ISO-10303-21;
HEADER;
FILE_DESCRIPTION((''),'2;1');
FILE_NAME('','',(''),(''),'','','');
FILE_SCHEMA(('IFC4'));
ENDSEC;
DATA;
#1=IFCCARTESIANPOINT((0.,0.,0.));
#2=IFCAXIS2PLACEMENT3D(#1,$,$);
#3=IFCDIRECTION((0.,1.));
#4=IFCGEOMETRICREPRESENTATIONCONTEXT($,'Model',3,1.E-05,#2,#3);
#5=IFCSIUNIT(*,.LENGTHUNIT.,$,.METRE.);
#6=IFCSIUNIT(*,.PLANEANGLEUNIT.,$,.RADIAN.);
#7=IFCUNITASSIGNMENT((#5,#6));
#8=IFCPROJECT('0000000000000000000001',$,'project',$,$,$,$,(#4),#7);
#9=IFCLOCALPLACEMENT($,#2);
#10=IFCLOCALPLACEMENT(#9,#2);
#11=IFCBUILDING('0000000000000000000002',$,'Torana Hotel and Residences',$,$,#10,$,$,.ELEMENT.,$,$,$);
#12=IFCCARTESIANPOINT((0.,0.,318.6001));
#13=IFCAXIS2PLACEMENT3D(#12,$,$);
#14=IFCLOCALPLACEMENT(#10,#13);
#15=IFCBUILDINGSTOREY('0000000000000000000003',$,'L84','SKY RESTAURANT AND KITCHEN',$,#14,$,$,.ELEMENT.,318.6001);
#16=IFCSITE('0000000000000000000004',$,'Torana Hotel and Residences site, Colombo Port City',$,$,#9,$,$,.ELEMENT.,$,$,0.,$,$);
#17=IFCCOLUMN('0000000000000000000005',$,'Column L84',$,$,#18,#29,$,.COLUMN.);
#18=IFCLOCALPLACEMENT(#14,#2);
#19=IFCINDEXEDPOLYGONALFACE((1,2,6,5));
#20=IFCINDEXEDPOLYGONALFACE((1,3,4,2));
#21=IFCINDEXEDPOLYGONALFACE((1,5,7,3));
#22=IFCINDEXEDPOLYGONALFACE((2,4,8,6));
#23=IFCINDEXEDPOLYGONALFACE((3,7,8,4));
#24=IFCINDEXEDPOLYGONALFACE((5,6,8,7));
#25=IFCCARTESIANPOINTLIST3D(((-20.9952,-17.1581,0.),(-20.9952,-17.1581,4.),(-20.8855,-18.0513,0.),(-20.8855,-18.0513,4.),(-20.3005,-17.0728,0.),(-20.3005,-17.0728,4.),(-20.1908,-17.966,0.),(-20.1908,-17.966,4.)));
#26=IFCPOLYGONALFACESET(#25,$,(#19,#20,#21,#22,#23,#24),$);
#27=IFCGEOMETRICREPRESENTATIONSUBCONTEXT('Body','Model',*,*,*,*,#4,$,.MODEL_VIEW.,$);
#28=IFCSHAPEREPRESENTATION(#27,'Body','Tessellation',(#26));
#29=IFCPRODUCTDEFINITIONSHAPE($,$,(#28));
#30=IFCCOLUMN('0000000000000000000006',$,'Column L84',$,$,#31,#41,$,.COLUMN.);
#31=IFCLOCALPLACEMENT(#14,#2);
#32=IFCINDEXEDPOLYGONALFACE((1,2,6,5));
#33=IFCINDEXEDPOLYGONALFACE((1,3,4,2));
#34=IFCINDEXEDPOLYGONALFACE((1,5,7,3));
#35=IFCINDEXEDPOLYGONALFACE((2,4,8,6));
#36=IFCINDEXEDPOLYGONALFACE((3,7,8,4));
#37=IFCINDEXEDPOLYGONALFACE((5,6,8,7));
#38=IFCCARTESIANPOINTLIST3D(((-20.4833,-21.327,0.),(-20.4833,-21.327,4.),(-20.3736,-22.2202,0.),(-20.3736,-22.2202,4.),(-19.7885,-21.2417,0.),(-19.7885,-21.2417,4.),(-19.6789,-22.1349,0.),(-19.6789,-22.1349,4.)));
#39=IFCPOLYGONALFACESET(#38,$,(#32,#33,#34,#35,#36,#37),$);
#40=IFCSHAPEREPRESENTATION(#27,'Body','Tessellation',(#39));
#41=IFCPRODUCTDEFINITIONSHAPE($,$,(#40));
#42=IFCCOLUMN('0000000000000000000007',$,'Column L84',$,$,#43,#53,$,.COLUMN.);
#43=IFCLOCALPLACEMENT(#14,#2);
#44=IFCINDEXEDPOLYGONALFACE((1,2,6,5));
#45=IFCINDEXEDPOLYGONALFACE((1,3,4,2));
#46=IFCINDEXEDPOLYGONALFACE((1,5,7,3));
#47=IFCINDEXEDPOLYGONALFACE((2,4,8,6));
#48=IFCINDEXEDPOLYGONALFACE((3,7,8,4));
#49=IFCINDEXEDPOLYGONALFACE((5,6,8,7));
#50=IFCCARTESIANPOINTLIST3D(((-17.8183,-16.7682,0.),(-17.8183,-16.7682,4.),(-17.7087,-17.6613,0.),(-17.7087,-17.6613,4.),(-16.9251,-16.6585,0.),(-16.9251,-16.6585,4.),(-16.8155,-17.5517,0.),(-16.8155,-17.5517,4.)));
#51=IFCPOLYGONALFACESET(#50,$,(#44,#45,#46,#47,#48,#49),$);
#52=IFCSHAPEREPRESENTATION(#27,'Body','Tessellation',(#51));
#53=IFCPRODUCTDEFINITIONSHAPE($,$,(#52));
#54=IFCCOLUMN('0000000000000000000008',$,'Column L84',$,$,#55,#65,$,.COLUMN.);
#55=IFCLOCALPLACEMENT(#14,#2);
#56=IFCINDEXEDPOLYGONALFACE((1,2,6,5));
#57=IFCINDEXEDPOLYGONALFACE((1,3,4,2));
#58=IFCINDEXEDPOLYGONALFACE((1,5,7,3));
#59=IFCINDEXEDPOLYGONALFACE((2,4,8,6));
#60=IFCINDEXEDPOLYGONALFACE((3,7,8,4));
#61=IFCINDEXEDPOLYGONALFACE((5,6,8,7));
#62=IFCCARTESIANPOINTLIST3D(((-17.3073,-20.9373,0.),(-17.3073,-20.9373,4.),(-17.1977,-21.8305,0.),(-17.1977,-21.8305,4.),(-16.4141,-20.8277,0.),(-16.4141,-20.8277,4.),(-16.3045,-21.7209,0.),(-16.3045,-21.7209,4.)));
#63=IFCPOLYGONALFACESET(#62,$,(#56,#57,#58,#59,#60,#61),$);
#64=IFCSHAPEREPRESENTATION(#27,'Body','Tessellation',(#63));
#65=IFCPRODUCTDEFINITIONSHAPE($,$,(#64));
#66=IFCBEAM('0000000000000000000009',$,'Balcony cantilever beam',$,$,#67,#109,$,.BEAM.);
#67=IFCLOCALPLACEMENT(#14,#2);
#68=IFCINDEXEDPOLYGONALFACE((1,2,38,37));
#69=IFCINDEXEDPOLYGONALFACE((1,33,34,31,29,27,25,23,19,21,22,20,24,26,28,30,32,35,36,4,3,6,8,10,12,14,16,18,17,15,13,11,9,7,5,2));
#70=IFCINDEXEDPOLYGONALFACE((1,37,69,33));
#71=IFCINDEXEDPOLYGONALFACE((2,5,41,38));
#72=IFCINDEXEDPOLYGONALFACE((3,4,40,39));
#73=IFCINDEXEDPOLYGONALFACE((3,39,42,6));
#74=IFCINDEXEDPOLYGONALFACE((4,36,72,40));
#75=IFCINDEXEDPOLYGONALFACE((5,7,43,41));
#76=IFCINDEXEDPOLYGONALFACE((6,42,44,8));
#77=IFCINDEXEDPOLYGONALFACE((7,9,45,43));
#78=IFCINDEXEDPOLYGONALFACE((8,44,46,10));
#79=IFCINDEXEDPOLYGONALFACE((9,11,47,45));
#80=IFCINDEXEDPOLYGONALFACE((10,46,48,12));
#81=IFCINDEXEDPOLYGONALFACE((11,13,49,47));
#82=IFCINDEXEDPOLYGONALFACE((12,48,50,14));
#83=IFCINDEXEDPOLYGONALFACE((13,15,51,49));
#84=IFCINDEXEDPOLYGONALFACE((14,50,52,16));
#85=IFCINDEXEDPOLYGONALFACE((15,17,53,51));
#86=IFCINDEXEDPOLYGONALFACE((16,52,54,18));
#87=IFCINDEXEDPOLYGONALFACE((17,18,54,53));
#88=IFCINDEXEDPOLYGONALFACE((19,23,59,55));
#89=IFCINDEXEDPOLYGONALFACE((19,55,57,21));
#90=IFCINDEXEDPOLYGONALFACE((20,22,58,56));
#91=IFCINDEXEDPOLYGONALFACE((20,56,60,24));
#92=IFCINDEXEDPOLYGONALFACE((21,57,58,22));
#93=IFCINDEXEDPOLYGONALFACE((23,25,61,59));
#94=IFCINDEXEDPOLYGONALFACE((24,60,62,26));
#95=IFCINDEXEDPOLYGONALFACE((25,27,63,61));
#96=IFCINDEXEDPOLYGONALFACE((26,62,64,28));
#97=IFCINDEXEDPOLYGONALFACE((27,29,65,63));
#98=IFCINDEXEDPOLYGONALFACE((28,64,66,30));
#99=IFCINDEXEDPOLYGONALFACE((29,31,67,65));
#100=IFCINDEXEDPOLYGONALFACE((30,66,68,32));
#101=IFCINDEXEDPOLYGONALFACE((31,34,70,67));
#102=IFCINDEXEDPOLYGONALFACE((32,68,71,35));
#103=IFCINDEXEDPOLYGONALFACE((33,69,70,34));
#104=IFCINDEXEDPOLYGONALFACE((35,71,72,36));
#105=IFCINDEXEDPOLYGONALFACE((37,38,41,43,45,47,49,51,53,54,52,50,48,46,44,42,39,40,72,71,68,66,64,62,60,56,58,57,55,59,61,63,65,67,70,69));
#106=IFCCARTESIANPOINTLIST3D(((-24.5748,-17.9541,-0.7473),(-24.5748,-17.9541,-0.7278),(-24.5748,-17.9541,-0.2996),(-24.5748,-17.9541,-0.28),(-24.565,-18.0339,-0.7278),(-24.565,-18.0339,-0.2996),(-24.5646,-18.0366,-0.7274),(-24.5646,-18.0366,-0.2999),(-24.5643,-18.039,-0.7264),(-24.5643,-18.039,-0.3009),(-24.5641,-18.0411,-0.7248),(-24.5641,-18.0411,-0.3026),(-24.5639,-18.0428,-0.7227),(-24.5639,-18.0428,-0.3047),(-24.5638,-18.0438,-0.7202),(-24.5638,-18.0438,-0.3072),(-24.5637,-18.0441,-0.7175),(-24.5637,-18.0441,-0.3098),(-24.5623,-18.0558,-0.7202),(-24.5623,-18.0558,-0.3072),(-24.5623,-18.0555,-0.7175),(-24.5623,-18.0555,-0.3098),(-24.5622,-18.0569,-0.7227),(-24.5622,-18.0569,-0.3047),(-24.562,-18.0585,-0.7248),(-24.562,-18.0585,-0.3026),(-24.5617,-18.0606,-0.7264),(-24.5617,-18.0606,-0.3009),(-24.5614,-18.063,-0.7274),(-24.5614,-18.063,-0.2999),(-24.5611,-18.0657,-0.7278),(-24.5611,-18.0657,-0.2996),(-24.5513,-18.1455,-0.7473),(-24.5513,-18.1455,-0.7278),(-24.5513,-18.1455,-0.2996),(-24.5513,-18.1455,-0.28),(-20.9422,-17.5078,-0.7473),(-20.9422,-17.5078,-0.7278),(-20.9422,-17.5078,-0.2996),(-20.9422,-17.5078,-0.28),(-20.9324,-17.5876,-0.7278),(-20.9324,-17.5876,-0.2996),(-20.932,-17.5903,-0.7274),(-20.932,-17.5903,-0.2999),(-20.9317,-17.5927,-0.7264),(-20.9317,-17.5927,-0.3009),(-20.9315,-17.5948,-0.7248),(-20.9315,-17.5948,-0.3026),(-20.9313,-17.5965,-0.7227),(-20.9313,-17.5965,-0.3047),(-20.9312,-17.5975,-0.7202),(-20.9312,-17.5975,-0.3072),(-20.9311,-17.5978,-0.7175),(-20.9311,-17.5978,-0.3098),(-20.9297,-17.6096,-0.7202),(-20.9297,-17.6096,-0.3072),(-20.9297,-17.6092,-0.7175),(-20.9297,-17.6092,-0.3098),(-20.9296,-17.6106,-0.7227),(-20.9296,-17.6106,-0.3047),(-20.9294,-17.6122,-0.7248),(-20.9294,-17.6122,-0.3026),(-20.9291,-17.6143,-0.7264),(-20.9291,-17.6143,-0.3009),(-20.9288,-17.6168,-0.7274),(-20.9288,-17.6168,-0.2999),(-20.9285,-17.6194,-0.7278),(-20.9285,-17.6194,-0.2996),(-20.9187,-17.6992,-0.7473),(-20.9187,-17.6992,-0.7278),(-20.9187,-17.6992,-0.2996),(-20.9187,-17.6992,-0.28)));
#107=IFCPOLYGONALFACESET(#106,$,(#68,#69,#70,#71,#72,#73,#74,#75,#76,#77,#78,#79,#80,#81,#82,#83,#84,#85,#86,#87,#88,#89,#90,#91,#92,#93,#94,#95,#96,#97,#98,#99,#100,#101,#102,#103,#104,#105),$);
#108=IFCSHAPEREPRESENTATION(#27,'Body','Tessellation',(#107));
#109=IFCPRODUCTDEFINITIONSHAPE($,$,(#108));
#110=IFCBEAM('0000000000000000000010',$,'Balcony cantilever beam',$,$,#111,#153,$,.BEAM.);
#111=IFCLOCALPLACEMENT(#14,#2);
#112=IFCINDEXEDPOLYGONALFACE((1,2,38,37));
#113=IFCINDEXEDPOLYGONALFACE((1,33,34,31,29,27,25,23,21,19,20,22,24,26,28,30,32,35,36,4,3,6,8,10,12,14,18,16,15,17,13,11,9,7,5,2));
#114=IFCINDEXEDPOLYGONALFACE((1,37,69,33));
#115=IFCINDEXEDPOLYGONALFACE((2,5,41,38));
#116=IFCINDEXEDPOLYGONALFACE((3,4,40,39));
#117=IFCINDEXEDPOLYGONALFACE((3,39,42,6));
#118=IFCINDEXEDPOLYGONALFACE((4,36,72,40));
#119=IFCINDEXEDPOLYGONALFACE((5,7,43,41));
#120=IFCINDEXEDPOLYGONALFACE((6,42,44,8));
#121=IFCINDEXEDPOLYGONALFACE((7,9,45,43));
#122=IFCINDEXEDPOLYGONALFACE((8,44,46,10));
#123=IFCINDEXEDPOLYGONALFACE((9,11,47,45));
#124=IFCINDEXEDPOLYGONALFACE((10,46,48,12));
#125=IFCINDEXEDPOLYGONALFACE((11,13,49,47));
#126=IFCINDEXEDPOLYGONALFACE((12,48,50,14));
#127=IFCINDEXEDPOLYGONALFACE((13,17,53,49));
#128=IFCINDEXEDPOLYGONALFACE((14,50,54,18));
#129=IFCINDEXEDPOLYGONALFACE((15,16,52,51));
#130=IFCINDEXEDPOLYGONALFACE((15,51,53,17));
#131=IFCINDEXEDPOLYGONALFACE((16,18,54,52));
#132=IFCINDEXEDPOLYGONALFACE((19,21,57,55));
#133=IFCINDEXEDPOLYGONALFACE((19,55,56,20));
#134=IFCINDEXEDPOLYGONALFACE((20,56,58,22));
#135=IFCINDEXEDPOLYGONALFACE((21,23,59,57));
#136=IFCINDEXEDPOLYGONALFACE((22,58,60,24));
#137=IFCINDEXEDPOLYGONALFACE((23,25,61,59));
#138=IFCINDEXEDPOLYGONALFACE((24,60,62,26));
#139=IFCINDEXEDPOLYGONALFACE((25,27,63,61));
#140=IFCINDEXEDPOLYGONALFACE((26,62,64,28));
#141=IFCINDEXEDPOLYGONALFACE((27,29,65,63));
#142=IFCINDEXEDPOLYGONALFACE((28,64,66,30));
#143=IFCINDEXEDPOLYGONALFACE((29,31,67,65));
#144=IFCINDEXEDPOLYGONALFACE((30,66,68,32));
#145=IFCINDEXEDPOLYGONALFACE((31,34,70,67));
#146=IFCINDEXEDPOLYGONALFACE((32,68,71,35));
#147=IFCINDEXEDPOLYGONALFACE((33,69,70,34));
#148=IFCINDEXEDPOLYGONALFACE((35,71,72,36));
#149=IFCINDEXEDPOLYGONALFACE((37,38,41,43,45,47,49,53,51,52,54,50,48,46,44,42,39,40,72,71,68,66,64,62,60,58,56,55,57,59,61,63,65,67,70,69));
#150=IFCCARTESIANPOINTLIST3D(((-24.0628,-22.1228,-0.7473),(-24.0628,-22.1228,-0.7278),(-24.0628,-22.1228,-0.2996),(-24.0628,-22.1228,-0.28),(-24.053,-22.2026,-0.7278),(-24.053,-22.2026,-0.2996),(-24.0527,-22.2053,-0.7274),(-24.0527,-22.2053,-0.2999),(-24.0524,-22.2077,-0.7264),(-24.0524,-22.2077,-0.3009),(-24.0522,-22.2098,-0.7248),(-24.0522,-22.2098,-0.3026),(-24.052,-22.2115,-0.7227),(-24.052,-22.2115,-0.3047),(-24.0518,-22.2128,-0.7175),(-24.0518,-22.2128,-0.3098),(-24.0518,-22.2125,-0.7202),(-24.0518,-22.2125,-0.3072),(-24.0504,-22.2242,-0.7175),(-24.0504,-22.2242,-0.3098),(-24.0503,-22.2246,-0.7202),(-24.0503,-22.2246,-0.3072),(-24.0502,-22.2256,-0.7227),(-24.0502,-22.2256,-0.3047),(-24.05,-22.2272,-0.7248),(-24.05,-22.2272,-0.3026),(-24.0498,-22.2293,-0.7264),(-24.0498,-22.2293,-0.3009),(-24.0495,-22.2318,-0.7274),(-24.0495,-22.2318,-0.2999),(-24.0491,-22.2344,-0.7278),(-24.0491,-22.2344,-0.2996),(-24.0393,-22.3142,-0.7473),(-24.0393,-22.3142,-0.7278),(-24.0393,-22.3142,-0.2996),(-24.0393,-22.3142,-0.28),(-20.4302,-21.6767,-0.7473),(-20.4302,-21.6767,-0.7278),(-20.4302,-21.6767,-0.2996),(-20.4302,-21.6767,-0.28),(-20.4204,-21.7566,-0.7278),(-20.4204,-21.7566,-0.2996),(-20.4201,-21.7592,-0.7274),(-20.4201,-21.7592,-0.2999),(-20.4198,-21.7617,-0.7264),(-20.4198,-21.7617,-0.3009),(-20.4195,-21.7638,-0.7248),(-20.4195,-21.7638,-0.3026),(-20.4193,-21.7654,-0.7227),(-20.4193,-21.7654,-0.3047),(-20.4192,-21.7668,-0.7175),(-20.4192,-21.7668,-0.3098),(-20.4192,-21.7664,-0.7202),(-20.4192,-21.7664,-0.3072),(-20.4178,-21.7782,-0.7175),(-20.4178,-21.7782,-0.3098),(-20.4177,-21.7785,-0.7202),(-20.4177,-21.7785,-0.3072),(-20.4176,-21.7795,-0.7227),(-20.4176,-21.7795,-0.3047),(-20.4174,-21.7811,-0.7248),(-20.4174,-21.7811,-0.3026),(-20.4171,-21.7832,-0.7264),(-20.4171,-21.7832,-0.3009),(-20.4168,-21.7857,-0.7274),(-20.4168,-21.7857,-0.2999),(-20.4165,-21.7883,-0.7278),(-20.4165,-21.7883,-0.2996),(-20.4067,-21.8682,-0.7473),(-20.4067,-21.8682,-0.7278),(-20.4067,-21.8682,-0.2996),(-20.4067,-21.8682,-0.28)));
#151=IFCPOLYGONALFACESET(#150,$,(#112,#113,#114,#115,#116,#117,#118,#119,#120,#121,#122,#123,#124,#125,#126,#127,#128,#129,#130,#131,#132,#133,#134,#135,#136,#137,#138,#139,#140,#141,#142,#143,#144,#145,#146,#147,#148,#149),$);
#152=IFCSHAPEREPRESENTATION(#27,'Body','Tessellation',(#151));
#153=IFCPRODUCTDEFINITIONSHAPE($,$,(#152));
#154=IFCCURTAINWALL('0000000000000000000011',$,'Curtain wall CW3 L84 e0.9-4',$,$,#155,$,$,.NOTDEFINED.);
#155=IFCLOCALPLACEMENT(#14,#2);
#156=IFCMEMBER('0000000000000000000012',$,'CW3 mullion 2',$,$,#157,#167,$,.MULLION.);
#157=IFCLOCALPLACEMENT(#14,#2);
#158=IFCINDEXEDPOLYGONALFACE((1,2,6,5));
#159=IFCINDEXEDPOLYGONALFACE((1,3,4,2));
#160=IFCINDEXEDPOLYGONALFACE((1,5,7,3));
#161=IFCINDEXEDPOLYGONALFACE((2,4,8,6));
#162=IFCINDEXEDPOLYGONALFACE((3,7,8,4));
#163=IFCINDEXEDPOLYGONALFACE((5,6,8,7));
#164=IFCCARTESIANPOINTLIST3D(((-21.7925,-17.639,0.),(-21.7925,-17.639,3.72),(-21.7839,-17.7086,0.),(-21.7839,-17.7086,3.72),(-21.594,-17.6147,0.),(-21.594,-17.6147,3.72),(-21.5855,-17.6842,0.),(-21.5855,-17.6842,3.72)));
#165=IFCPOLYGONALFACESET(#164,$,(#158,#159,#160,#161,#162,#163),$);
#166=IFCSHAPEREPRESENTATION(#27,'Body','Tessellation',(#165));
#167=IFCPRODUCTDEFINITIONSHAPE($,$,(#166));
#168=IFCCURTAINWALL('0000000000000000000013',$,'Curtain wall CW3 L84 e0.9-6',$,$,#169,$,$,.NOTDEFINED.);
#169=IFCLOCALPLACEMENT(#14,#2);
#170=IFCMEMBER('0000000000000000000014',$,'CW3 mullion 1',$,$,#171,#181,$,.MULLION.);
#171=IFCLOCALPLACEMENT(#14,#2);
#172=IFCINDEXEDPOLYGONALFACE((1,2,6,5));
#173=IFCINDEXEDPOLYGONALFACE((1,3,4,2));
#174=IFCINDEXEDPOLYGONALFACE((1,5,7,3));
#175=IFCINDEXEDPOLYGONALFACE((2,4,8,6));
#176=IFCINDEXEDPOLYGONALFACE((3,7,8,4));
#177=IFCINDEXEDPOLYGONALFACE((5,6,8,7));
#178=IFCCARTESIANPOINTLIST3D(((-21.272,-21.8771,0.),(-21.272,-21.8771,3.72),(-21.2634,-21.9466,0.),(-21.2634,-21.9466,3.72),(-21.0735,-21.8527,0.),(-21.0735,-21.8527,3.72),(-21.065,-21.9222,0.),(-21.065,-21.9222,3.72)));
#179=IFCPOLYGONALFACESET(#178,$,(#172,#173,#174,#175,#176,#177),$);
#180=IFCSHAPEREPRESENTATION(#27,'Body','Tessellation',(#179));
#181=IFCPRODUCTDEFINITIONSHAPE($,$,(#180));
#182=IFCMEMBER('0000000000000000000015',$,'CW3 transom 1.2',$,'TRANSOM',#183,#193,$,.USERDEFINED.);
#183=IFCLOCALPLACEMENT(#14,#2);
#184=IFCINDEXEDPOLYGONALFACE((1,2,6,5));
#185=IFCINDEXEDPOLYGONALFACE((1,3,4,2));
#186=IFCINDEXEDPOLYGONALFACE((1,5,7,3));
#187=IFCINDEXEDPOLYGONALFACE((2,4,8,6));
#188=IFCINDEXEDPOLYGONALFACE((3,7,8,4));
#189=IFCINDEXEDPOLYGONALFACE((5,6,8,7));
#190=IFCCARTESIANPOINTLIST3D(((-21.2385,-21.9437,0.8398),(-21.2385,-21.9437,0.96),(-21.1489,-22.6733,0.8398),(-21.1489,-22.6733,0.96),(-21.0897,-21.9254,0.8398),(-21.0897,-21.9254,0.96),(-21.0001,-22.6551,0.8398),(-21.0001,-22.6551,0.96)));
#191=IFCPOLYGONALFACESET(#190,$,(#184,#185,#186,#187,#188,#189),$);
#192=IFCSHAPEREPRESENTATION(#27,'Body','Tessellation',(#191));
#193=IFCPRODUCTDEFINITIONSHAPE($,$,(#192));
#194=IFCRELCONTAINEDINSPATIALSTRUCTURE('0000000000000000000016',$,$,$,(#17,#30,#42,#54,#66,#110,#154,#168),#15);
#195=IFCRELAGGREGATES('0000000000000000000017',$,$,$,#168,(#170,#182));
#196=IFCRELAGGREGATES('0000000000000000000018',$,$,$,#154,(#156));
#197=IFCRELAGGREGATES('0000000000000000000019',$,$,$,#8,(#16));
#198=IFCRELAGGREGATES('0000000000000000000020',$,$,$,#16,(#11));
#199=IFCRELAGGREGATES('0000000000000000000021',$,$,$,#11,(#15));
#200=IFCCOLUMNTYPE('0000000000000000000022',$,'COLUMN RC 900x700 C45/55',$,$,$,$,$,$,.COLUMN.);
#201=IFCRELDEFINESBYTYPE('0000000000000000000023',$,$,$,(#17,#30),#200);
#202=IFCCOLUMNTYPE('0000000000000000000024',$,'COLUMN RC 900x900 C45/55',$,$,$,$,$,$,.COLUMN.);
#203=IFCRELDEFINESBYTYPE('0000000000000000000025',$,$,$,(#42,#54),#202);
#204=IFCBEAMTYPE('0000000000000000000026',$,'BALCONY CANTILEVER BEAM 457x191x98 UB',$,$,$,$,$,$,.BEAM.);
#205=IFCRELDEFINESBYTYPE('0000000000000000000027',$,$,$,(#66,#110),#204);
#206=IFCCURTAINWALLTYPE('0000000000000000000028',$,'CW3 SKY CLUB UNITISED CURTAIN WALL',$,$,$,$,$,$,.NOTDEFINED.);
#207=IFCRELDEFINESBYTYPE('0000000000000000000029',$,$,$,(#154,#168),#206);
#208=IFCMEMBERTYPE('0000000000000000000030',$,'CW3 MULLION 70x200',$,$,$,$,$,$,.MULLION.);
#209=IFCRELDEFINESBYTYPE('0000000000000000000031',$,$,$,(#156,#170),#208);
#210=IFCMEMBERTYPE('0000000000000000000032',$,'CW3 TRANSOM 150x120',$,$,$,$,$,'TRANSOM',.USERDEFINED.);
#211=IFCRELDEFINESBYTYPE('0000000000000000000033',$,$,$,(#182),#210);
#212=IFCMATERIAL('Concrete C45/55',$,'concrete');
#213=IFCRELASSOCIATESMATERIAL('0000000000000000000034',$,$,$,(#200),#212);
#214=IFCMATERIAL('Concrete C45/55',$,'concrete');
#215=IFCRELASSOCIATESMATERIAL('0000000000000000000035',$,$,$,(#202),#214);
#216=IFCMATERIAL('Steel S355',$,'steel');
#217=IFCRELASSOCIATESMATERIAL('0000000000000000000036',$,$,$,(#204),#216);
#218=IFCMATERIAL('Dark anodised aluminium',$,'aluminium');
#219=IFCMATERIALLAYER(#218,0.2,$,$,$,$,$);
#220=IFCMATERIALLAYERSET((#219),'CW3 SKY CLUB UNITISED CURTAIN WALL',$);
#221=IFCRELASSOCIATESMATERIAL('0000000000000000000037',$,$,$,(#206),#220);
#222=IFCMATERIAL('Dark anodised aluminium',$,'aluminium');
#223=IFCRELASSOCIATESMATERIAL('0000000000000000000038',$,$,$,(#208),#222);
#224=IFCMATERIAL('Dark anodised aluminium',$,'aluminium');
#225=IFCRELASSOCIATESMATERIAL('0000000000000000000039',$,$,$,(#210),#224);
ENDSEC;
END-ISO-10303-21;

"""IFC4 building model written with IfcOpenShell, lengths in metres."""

from ifc_helpers import new_model, si_unit, direction, frame, origin, origin_2d, place, context, subcontext, project, spatial, rectangle, i_section, extrude, material, layer, layer_set, material_profile, profile_set, type_object, element, aggregate, save


model = new_model("IFC4")

# Units and contexts
model_context = context("Model", 3, precision=1e-05, world=origin(), true_north=direction((0.0, 1.0)))
body_context = subcontext(model_context, "Body", "Model", "MODEL_VIEW")
ifc_project = project(units=[si_unit("LENGTHUNIT", "METRE"), si_unit("PLANEANGLEUNIT", "RADIAN")], contexts=[model_context])

# Site, building, storey
site_placement = place(None, origin())
site = spatial("IfcSite", under=ifc_project, at=site_placement, Name="Torana Hotel and Residences site, Colombo Port City", CompositionType="ELEMENT", RefElevation=0.0)
building_placement = place(site_placement, origin())
building = spatial("IfcBuilding", under=site, at=building_placement, Name="Torana Hotel and Residences", CompositionType="ELEMENT")
storey_placement = place(building_placement, frame((0.0, 0.0, 318.6001)))
storey = spatial("IfcBuildingStorey", under=building, at=storey_placement, Name="L84", Description="SKY RESTAURANT AND KITCHEN", CompositionType="ELEMENT", Elevation=318.6001)

# Columns
ifc_material_1 = material(Name="Concrete C45/55", Category="concrete")
ifc_material_profile_1 = material_profile(ifc_material_1, rectangle(XDim=0.8999, YDim=0.7, at=origin_2d()), Name="RC 900x700")
ifc_profile_set_1 = profile_set([ifc_material_profile_1], Name="Concrete C45/55")
column_type_1 = type_object("IfcColumnType", Name="COLUMN RC 900x700 C45/55", PredefinedType="COLUMN", material=ifc_profile_set_1)
for number, where, z_axis, x_axis, name in (
    (1, (-20.593, -17.562, 0.0), (0.0, 0.0, 1.0), (-0.121869, 0.992546, 0.0), "Column L84"),
    (2, (-20.0811, -21.731, 0.0), (0.0, 0.0, 1.0), (-0.121869, 0.992546, 0.0), "Column L84"),
):
    element("IfcColumn", number, at=place(storey_placement, frame(where, z_axis=z_axis, x_axis=x_axis)), inside=storey, type_object=column_type_1, Name=name, PredefinedType="COLUMN", context=body_context, shape_type="SweptSolid", body=[
        extrude(rectangle(XDim=0.8999, YDim=0.7, at=origin_2d()), origin(), (0.0, 0.0, 1.0), 4.0),
    ])
ifc_material_2 = material(Name="Concrete C45/55", Category="concrete")
ifc_material_profile_2 = material_profile(ifc_material_2, rectangle(XDim=0.8999, YDim=0.8999, at=origin_2d()), Name="RC 900x900")
ifc_profile_set_2 = profile_set([ifc_material_profile_2], Name="Concrete C45/55")
column_type_2 = type_object("IfcColumnType", Name="COLUMN RC 900x900 C45/55", PredefinedType="COLUMN", material=ifc_profile_set_2)
for number, where, z_axis, x_axis, name in (
    (3, (-17.3169, -17.1599, 0.0), (0.0, 0.0, 1.0), (0.992546, 0.121869, 0.0), "Column L84"),
    (4, (-16.8059, -21.3291, 0.0), (0.0, 0.0, 1.0), (0.992546, 0.121869, 0.0), "Column L84"),
):
    element("IfcColumn", number, at=place(storey_placement, frame(where, z_axis=z_axis, x_axis=x_axis)), inside=storey, type_object=column_type_2, Name=name, PredefinedType="COLUMN", context=body_context, shape_type="SweptSolid", body=[
        extrude(rectangle(XDim=0.8999, YDim=0.8999, at=origin_2d()), origin(), (0.0, 0.0, 1.0), 4.0),
    ])

# Beams
ifc_material_3 = material(Name="Steel S355", Category="steel")
ifc_material_profile_3 = material_profile(ifc_material_3, i_section(OverallWidth=0.1929, OverallDepth=0.4673, WebThickness=0.0115, FlangeThickness=0.0195, FilletRadius=0.0103, at=origin_2d()), Name="457x191x98 UB")
ifc_profile_set_3 = profile_set([ifc_material_profile_3], Name="Steel S355")
beam_type = type_object("IfcBeamType", Name="BALCONY CANTILEVER BEAM 457x191x98 UB", PredefinedType="BEAM", material=ifc_profile_set_3)
for number, where, z_axis, x_axis, name in (
    (5, (-20.9304, -17.6035, -0.5137), (-0.992537, -0.121941, 0.0), (0.121941, -0.992537, 0.0), "Balcony cantilever beam"),
    (6, (-20.4185, -21.7725, -0.5137), (-0.992545, -0.121875, 0.0), (0.121875, -0.992545, 0.0), "Balcony cantilever beam"),
):
    element("IfcBeam", number, at=place(storey_placement, frame(where, z_axis=z_axis, x_axis=x_axis)), inside=storey, type_object=beam_type, Name=name, PredefinedType="BEAM", context=body_context, shape_type="SweptSolid", body=[
        extrude(i_section(OverallWidth=0.1929, OverallDepth=0.4673, WebThickness=0.0115, FlangeThickness=0.0195, FilletRadius=0.0103, at=origin_2d()), origin(), (0.0, 0.0, 1.0), 3.6599),
    ])

# Curtain wall, member
ifc_material_4 = material(Name="Dark anodised aluminium", Category="aluminium")
ifc_layer_1 = layer(ifc_material_4, 0.2)
ifc_layer_set_1 = layer_set([ifc_layer_1], Name="CW3 SKY CLUB UNITISED CURTAIN WALL")
curtain_wall_type = type_object("IfcCurtainWallType", Name="CW3 SKY CLUB UNITISED CURTAIN WALL", PredefinedType="NOTDEFINED", material=ifc_layer_set_1)
curtain_wall_1_placement = place(storey_placement, origin())
curtain_wall_1 = element("IfcCurtainWall", 7, at=curtain_wall_1_placement, inside=storey, type_object=curtain_wall_type, Name="Curtain wall CW3 L84 e0.9-4", PredefinedType="NOTDEFINED")
ifc_material_5 = material(Name="Dark anodised aluminium", Category="aluminium")
ifc_material_profile_4 = material_profile(ifc_material_5, rectangle(XDim=0.2, YDim=0.0701, at=origin_2d()), Name="CW3 MULLION 70x200")
ifc_profile_set_4 = profile_set([ifc_material_profile_4], Name="Dark anodised aluminium")
member_type_1 = type_object("IfcMemberType", Name="CW3 MULLION 70x200", PredefinedType="MULLION", material=ifc_profile_set_4)
member_1_placement = place(storey_placement, frame((-21.689, -17.6616, 0.0), z_axis=(0.0, 0.0, 1.0), x_axis=(0.992548, 0.121857, 0.0)))
member_1 = element("IfcMember", 8, at=member_1_placement, type_object=member_type_1, Name="CW3 mullion 2", PredefinedType="MULLION", context=body_context, shape_type="SweptSolid", body=[
    extrude(rectangle(XDim=0.2, YDim=0.0701, at=origin_2d()), origin(), (0.0, 0.0, 1.0), 3.72),
])

# Curtain wall, members
curtain_wall_2_placement = place(storey_placement, origin())
curtain_wall_2 = element("IfcCurtainWall", 9, at=curtain_wall_2_placement, inside=storey, type_object=curtain_wall_type, Name="Curtain wall CW3 L84 e0.9-6", PredefinedType="NOTDEFINED")
member_2_placement = place(storey_placement, frame((-21.1685, -21.8997, 0.0), z_axis=(0.0, 0.0, 1.0), x_axis=(0.992544, 0.121883, 0.0)))
member_2 = element("IfcMember", 10, at=member_2_placement, type_object=member_type_1, Name="CW3 mullion 1", PredefinedType="MULLION", context=body_context, shape_type="SweptSolid", body=[
    extrude(rectangle(XDim=0.2, YDim=0.0701, at=origin_2d()), origin(), (0.0, 0.0, 1.0), 3.72),
])
ifc_material_6 = material(Name="Dark anodised aluminium", Category="aluminium")
ifc_material_profile_5 = material_profile(ifc_material_6, rectangle(XDim=0.1499, YDim=0.1201, at=origin_2d()), Name="CW3 TRANSOM 150x120")
ifc_profile_set_5 = profile_set([ifc_material_profile_5], Name="Dark anodised aluminium")
member_type_2 = type_object("IfcMemberType", Name="CW3 TRANSOM 150x120", ElementType="TRANSOM", PredefinedType="USERDEFINED", material=ifc_profile_set_5)
member_3_placement = place(storey_placement, frame((-21.1641, -21.9346, 0.8999), z_axis=(0.121868, -0.992546, 0.0), x_axis=(0.992546, 0.121868, 0.0)))
member_3 = element("IfcMember", 11, at=member_3_placement, type_object=member_type_2, Name="CW3 transom 1.2", ObjectType="TRANSOM", PredefinedType="USERDEFINED", context=body_context, shape_type="SweptSolid", body=[
    extrude(rectangle(XDim=0.1499, YDim=0.1201, at=origin_2d()), origin(), (0.0, 0.0, 1.0), 0.7351),
])
aggregate(curtain_wall_2, [member_2, member_3])

aggregate(curtain_wall_1, [member_1])

save(model, "model.ifc")
